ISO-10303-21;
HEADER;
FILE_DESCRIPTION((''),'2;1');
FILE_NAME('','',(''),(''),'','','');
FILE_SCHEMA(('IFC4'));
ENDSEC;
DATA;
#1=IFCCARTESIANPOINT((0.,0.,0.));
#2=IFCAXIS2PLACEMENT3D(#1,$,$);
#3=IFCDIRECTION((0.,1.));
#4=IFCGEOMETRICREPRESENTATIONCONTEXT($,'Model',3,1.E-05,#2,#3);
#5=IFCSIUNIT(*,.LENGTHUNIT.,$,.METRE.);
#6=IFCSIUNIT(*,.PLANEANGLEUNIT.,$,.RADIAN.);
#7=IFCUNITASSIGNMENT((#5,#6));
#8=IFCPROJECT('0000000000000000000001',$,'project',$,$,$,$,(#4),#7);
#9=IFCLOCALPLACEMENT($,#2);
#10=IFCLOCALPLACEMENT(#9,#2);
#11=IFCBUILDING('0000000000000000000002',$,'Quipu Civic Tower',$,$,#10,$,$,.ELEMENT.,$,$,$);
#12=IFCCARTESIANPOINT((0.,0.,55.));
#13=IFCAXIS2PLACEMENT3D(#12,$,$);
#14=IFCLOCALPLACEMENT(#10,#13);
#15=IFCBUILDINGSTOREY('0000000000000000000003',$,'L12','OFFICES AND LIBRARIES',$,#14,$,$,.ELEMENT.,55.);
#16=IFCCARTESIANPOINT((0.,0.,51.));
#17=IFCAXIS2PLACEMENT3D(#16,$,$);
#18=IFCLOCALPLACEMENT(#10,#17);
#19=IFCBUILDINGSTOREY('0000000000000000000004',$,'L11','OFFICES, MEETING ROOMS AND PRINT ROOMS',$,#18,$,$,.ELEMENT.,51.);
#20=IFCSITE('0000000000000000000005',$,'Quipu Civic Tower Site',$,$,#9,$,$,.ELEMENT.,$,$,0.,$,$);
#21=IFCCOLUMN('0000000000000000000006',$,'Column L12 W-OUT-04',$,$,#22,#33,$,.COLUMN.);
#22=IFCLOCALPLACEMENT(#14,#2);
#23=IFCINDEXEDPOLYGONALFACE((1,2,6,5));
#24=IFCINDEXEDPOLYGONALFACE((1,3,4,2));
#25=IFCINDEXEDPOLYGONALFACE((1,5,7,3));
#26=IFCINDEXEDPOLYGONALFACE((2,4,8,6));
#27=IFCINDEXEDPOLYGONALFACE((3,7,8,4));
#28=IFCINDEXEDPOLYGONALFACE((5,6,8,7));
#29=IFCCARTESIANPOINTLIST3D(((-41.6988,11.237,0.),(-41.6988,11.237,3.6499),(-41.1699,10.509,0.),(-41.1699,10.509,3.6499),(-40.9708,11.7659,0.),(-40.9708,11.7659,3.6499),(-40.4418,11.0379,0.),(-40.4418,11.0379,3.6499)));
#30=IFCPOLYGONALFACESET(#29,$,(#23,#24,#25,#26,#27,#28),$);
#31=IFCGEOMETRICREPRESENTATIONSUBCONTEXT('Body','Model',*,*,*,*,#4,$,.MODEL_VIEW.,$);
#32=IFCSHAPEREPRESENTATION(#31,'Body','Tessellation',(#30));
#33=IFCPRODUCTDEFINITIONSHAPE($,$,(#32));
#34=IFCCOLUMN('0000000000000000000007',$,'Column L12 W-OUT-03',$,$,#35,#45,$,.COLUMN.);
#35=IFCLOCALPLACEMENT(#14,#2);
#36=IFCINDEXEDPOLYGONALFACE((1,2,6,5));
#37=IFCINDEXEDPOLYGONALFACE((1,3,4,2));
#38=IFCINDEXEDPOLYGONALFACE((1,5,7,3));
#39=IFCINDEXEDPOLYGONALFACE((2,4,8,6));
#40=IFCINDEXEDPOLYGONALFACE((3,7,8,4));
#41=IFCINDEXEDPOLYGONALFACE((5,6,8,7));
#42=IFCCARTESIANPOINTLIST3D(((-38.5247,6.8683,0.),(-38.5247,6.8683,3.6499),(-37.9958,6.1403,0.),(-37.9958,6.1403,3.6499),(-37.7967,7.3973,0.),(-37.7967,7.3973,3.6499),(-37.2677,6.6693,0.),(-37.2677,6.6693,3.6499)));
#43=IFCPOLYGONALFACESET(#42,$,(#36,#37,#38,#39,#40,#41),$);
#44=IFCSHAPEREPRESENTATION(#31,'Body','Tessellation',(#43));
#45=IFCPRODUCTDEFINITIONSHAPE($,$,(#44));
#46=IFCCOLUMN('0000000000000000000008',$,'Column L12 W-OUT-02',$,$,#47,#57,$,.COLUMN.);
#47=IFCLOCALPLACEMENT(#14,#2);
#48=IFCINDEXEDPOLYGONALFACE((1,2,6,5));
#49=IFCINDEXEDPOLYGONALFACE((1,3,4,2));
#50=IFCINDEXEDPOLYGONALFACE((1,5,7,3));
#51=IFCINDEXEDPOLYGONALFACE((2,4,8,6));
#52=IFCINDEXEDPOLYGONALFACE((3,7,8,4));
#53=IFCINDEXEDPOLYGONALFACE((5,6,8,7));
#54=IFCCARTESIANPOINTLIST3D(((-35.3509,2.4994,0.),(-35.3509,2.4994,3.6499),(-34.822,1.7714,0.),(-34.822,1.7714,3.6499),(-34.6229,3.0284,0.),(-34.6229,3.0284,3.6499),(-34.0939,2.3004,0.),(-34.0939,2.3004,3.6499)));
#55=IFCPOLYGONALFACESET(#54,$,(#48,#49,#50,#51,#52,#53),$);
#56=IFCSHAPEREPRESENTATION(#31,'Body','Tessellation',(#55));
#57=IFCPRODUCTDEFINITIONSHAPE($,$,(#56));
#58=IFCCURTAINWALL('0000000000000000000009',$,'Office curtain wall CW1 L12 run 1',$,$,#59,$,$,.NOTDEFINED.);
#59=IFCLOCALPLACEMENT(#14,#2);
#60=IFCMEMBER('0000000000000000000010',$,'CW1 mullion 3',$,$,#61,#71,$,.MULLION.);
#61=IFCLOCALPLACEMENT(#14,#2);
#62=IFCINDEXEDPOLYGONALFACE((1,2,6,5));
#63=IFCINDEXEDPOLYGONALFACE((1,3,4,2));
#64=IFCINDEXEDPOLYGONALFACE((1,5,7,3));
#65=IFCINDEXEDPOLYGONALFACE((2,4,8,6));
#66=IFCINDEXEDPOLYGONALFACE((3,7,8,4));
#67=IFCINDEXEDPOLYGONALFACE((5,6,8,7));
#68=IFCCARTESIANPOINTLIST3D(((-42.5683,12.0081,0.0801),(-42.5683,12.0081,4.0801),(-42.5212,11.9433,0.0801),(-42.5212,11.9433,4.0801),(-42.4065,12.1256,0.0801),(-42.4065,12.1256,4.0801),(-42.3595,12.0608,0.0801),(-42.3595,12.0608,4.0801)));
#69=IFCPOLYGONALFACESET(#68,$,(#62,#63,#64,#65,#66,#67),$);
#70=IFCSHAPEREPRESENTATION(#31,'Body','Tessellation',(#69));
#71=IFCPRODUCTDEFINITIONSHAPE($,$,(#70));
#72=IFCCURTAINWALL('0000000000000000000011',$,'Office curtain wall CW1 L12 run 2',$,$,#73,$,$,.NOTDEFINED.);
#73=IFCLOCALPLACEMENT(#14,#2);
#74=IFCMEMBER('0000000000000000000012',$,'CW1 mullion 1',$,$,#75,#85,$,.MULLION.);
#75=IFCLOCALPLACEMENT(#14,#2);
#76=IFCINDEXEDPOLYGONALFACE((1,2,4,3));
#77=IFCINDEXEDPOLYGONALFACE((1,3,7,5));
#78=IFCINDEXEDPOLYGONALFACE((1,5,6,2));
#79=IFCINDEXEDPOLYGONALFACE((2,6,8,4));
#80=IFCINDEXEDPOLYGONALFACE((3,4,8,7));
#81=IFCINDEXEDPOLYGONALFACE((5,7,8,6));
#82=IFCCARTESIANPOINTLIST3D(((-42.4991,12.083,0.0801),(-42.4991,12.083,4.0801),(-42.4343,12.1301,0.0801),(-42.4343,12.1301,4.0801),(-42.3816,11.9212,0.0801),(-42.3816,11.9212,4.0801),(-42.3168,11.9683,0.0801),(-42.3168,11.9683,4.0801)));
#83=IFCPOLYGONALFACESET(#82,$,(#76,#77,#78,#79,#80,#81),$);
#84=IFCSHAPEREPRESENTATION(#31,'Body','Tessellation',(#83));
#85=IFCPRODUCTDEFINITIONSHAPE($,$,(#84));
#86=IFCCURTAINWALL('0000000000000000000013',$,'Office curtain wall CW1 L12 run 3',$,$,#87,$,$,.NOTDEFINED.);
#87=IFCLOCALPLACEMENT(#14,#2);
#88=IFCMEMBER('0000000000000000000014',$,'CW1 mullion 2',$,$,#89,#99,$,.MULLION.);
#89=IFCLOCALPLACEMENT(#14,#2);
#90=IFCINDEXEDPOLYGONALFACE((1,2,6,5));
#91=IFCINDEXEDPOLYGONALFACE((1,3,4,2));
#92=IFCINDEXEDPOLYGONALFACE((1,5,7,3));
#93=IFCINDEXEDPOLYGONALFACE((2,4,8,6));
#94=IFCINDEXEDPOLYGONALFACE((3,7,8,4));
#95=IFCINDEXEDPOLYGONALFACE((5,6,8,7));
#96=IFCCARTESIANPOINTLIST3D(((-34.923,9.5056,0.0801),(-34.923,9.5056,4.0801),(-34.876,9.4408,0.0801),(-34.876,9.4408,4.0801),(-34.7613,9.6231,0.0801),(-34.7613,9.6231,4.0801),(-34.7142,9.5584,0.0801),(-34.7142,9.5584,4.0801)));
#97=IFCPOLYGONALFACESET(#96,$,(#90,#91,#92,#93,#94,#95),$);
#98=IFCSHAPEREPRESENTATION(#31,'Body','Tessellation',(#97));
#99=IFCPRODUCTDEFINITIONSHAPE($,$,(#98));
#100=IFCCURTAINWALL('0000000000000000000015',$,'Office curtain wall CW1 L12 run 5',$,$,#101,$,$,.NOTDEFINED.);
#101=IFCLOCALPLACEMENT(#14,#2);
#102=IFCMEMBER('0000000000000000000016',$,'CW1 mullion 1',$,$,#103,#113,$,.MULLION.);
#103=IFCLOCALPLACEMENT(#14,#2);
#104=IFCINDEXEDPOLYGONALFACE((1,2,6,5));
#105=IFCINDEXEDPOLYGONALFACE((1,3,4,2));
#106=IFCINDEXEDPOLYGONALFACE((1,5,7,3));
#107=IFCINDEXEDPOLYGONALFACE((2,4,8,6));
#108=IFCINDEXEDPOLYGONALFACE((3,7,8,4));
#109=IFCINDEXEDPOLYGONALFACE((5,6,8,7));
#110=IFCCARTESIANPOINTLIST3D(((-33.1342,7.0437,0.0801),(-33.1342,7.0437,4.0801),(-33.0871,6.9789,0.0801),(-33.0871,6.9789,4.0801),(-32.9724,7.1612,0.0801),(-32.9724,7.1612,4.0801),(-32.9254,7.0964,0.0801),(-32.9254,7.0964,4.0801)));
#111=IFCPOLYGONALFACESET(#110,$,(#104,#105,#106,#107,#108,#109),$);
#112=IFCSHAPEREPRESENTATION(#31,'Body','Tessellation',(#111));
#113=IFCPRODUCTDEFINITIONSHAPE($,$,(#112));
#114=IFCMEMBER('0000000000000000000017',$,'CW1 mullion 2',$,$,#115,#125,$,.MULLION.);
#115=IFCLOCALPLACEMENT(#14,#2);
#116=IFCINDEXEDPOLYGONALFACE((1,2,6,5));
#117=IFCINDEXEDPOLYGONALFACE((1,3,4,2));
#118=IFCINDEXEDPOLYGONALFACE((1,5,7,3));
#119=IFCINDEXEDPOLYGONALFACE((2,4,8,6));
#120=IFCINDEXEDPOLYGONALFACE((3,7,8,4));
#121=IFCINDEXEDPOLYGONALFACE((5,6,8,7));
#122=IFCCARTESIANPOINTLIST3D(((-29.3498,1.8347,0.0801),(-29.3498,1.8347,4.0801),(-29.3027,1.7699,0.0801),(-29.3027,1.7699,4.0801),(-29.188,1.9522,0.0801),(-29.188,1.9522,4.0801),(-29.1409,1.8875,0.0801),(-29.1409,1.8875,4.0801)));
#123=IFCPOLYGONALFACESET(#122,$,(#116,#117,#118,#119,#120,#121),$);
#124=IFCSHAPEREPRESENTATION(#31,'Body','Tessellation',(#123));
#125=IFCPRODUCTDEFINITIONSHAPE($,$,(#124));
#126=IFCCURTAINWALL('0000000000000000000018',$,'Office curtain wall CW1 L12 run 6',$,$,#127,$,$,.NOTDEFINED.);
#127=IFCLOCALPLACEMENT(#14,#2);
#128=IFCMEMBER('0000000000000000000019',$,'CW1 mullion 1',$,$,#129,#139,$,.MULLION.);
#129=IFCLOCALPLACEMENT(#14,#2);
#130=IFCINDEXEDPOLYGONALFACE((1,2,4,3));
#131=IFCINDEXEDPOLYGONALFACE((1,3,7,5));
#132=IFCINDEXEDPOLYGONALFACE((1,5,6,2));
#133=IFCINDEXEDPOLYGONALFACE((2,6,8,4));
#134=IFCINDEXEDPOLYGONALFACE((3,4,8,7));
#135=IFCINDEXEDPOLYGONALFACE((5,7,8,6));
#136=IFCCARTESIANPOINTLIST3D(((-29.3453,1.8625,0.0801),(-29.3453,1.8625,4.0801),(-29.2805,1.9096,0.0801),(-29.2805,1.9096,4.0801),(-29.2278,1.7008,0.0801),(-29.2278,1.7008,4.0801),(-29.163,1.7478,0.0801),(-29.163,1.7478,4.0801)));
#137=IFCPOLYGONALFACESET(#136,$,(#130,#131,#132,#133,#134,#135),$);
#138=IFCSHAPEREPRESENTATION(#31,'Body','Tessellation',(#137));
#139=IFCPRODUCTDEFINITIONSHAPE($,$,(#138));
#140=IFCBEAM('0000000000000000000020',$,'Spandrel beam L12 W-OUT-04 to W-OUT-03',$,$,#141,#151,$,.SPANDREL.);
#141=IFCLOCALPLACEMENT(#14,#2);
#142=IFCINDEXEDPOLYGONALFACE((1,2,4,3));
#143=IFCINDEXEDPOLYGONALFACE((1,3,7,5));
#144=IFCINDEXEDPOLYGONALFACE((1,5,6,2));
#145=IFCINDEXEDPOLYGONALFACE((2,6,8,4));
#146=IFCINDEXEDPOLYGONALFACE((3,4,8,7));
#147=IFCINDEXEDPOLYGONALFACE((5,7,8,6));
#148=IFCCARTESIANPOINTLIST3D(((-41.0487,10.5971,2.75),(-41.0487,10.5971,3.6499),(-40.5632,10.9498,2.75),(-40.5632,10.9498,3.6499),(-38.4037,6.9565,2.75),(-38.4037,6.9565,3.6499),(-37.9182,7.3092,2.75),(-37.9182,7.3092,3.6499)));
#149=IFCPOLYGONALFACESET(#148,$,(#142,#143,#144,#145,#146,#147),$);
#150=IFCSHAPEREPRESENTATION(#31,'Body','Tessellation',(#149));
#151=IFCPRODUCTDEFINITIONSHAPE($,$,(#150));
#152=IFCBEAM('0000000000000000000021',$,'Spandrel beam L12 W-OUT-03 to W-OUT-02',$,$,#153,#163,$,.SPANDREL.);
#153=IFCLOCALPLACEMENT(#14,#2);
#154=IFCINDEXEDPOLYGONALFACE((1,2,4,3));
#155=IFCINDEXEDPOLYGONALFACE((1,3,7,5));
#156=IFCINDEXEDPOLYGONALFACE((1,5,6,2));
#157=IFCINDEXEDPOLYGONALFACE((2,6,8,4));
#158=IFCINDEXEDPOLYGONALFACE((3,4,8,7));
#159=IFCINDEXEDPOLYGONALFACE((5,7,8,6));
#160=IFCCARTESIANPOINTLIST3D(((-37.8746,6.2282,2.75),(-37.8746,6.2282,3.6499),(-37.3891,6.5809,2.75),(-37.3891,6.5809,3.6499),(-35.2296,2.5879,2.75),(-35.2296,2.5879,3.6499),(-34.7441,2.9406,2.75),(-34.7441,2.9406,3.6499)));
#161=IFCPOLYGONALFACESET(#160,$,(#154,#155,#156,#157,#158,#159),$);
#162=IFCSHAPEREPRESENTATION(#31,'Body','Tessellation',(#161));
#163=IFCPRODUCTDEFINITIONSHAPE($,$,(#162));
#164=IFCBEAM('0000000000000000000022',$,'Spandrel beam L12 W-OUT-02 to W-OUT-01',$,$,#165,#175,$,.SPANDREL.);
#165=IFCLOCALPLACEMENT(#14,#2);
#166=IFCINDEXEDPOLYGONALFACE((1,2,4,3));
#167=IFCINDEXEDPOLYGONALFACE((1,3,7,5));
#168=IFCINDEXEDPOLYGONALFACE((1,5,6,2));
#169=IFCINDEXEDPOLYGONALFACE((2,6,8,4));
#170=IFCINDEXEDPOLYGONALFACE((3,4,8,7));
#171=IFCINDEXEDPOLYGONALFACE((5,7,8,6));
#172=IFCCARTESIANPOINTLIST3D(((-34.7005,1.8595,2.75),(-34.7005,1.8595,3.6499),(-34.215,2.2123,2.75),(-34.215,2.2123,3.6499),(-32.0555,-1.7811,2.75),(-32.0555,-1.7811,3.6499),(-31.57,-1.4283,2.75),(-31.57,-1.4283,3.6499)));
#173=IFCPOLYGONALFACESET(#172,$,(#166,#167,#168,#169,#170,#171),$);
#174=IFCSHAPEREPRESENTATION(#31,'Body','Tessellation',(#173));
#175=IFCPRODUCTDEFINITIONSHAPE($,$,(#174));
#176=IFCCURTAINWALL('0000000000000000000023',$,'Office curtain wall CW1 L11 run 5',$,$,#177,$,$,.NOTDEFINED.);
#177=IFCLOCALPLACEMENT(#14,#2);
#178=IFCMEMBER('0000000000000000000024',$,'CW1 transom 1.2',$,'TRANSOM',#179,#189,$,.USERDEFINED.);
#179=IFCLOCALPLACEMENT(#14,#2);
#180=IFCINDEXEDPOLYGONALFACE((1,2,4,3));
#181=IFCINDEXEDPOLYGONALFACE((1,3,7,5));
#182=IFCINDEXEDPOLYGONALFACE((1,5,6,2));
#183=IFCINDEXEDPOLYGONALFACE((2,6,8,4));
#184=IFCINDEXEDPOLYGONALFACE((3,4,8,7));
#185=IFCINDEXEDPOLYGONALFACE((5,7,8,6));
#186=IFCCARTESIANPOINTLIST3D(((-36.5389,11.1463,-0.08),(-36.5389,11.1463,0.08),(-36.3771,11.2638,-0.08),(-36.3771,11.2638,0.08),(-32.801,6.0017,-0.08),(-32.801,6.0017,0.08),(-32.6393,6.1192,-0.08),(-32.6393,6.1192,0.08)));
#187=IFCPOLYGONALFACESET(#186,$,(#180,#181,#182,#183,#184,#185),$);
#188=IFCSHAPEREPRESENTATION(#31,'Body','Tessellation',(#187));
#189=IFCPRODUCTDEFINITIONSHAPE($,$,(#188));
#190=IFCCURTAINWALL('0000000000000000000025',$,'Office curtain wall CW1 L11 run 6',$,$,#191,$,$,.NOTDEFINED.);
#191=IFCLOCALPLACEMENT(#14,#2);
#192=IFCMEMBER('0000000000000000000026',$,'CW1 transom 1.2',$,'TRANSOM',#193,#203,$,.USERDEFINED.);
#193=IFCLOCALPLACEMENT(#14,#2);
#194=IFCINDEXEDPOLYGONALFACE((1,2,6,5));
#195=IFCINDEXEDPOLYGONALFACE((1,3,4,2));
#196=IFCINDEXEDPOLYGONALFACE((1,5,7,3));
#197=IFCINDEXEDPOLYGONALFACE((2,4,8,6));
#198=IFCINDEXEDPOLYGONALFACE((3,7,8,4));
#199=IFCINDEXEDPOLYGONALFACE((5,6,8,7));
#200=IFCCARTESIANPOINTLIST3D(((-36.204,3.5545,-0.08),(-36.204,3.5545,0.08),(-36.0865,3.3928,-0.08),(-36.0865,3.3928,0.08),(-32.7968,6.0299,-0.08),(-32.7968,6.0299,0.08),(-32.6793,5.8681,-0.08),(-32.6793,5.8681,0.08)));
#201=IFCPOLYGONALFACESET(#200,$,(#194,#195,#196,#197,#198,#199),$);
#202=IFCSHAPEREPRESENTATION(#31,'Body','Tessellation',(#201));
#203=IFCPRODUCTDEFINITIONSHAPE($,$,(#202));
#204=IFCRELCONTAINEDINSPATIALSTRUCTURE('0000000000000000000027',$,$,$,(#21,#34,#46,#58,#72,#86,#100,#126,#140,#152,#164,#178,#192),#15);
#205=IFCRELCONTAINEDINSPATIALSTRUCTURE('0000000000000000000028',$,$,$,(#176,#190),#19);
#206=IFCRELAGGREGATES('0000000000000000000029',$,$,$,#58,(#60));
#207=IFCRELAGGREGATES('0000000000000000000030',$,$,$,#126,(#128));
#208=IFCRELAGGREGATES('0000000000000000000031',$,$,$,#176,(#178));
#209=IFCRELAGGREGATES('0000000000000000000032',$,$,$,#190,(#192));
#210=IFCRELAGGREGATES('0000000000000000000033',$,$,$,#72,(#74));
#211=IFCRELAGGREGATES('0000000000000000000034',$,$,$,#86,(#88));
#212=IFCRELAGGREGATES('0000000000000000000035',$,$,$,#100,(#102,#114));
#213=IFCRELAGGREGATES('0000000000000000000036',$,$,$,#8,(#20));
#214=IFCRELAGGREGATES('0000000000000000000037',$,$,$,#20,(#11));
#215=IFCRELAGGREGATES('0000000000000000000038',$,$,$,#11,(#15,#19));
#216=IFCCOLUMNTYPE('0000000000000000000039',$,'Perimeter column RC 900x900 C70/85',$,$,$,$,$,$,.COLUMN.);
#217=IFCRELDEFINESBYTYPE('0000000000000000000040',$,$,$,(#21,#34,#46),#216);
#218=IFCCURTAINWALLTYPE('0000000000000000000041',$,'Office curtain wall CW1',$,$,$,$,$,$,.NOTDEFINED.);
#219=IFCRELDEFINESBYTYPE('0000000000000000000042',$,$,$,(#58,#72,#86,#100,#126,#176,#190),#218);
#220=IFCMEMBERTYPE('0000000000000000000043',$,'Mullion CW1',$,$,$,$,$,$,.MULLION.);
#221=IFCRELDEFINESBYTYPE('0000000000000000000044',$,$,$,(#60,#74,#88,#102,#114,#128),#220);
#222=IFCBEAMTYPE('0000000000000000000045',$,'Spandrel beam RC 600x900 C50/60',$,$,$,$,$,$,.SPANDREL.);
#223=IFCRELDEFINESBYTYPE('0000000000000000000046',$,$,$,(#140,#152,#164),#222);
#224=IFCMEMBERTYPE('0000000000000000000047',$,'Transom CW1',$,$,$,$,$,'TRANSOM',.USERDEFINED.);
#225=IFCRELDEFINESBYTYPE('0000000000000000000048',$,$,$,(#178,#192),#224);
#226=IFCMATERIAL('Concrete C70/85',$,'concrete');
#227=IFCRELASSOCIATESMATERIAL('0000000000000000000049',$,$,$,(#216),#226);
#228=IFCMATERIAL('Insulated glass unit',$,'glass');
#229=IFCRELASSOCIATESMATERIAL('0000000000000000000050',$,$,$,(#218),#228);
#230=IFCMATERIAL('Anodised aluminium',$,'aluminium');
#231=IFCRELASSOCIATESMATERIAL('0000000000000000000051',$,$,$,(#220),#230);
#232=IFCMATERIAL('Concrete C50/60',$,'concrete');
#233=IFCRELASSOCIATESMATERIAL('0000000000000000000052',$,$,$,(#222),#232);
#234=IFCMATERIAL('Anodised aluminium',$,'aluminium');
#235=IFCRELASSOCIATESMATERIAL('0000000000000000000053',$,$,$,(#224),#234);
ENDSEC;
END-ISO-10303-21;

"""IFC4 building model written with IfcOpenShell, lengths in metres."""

from ifc_helpers import new_model, si_unit, direction, frame, origin, origin_2d, place, context, subcontext, project, spatial, rectangle, extrude, material, material_profile, profile_set, type_object, element, aggregate, save


model = new_model("IFC4")

# Units and contexts
model_context = context("Model", 3, precision=1e-05, world=origin(), true_north=direction((0.0, 1.0)))
body_context = subcontext(model_context, "Body", "Model", "MODEL_VIEW")
ifc_project = project(units=[si_unit("LENGTHUNIT", "METRE"), si_unit("PLANEANGLEUNIT", "RADIAN")], contexts=[model_context])

# Site, building, storey
site_placement = place(None, origin())
site = spatial("IfcSite", under=ifc_project, at=site_placement, Name="Quipu Civic Tower Site", CompositionType="ELEMENT", RefElevation=0.0)
building_placement = place(site_placement, origin())
building = spatial("IfcBuilding", under=site, at=building_placement, Name="Quipu Civic Tower", CompositionType="ELEMENT")
storey_1_placement = place(building_placement, frame((0.0, 0.0, 55.0)))
storey_1 = spatial("IfcBuildingStorey", under=building, at=storey_1_placement, Name="L12", Description="OFFICES AND LIBRARIES", CompositionType="ELEMENT", Elevation=55.0)

# Columns
ifc_material_1 = material(Name="Concrete C70/85", Category="concrete")
ifc_material_profile_1 = material_profile(ifc_material_1, rectangle(XDim=0.8999, YDim=0.8999, at=origin_2d()), Name="RC900x900")
ifc_profile_set_1 = profile_set([ifc_material_profile_1], Name="Concrete C70/85")
column_type = type_object("IfcColumnType", Name="Perimeter column RC 900x900 C70/85", PredefinedType="COLUMN", material=ifc_profile_set_1)
for number, where, z_axis, x_axis, name in (
    (1, (-41.0703, 11.1375, 0.0), (0.0, 0.0, 1.0), (0.587785, -0.809017, 0.0), "Column L12 W-OUT-04"),
    (2, (-37.8962, 6.7688, 0.0), (0.0, 0.0, 1.0), (0.587785, -0.809017, 0.0), "Column L12 W-OUT-03"),
    (3, (-34.7224, 2.3999, 0.0), (0.0, 0.0, 1.0), (0.587785, -0.809017, 0.0), "Column L12 W-OUT-02"),
):
    element("IfcColumn", number, at=place(storey_1_placement, frame(where, z_axis=z_axis, x_axis=x_axis)), inside=storey_1, type_object=column_type, Name=name, PredefinedType="COLUMN", context=body_context, shape_type="SweptSolid", body=[
        extrude(rectangle(XDim=0.8999, YDim=0.8999, at=origin_2d()), origin(), (0.0, 0.0, 1.0), 3.6499),
    ])

# Curtain walls, members
ifc_material_2 = material(Name="Insulated glass unit", Category="glass")
curtain_wall_type = type_object("IfcCurtainWallType", Name="Office curtain wall CW1", PredefinedType="NOTDEFINED", material=ifc_material_2)
curtain_wall_1_placement = place(storey_1_placement, origin())
curtain_wall_1 = element("IfcCurtainWall", 4, at=curtain_wall_1_placement, inside=storey_1, type_object=curtain_wall_type, Name="Office curtain wall CW1 L12 run 1", PredefinedType="NOTDEFINED")
ifc_material_3 = material(Name="Anodised aluminium", Category="aluminium")
ifc_material_profile_2 = material_profile(ifc_material_3, rectangle(XDim=0.2, YDim=0.0801, at=origin_2d()), Name="RECT 200x80")
ifc_profile_set_2 = profile_set([ifc_material_profile_2], Name="Anodised aluminium")
member_type_1 = type_object("IfcMemberType", Name="Mullion CW1", PredefinedType="MULLION", material=ifc_profile_set_2)
member_1_placement = place(storey_1_placement, frame((-42.4639, 12.0344, 0.0801), z_axis=(0.0, 0.0, 1.0), x_axis=(0.809014, 0.587789, 0.0)))
member_1 = element("IfcMember", 5, at=member_1_placement, type_object=member_type_1, Name="CW1 mullion 3", PredefinedType="MULLION", context=body_context, shape_type="SweptSolid", body=[
    extrude(rectangle(XDim=0.2, YDim=0.0801, at=origin_2d()), origin(), (0.0, 0.0, 1.0), 4.0),
])
aggregate(curtain_wall_1, [member_1])
curtain_wall_2_placement = place(storey_1_placement, origin())
curtain_wall_2 = element("IfcCurtainWall", 6, at=curtain_wall_2_placement, inside=storey_1, type_object=curtain_wall_type, Name="Office curtain wall CW1 L12 run 2", PredefinedType="NOTDEFINED")
member_2_placement = place(storey_1_placement, frame((-42.408, 12.0256, 0.0801), z_axis=(0.0, 0.0, 1.0), x_axis=(-0.587777, 0.809023, 0.0)))
member_2 = element("IfcMember", 7, at=member_2_placement, type_object=member_type_1, Name="CW1 mullion 1", PredefinedType="MULLION", context=body_context, shape_type="SweptSolid", body=[
    extrude(rectangle(XDim=0.2, YDim=0.0801, at=origin_2d()), origin(), (0.0, 0.0, 1.0), 4.0),
])
curtain_wall_3_placement = place(storey_1_placement, origin())
curtain_wall_3 = element("IfcCurtainWall", 8, at=curtain_wall_3_placement, inside=storey_1, type_object=curtain_wall_type, Name="Office curtain wall CW1 L12 run 3", PredefinedType="NOTDEFINED")
member_3_placement = place(storey_1_placement, frame((-34.8186, 9.532, 0.0801), z_axis=(0.0, 0.0, 1.0), x_axis=(0.809019, 0.587783, 0.0)))
member_3 = element("IfcMember", 9, at=member_3_placement, type_object=member_type_1, Name="CW1 mullion 2", PredefinedType="MULLION", context=body_context, shape_type="SweptSolid", body=[
    extrude(rectangle(XDim=0.2, YDim=0.0801, at=origin_2d()), origin(), (0.0, 0.0, 1.0), 4.0),
])

# Curtain wall, members
curtain_wall_4_placement = place(storey_1_placement, origin())
curtain_wall_4 = element("IfcCurtainWall", 10, at=curtain_wall_4_placement, inside=storey_1, type_object=curtain_wall_type, Name="Office curtain wall CW1 L12 run 5", PredefinedType="NOTDEFINED")
member_4_placement = place(storey_1_placement, frame((-33.0298, 7.0701, 0.0801), z_axis=(0.0, 0.0, 1.0), x_axis=(0.809017, 0.587786, 0.0)))
member_4 = element("IfcMember", 11, at=member_4_placement, type_object=member_type_1, Name="CW1 mullion 1", PredefinedType="MULLION", context=body_context, shape_type="SweptSolid", body=[
    extrude(rectangle(XDim=0.2, YDim=0.0801, at=origin_2d()), origin(), (0.0, 0.0, 1.0), 4.0),
])
member_5_placement = place(storey_1_placement, frame((-29.2454, 1.8611, 0.0801), z_axis=(0.0, 0.0, 1.0), x_axis=(0.809017, 0.587786, 0.0)))
member_5 = element("IfcMember", 12, at=member_5_placement, type_object=member_type_1, Name="CW1 mullion 2", PredefinedType="MULLION", context=body_context, shape_type="SweptSolid", body=[
    extrude(rectangle(XDim=0.2, YDim=0.0801, at=origin_2d()), origin(), (0.0, 0.0, 1.0), 4.0),
])

# Curtain wall, member
curtain_wall_5_placement = place(storey_1_placement, origin())
curtain_wall_5 = element("IfcCurtainWall", 13, at=curtain_wall_5_placement, inside=storey_1, type_object=curtain_wall_type, Name="Office curtain wall CW1 L12 run 6", PredefinedType="NOTDEFINED")
member_6_placement = place(storey_1_placement, frame((-29.2542, 1.8052, 0.0801), z_axis=(0.0, 0.0, 1.0), x_axis=(0.587791, -0.809013, 0.0)))
member_6 = element("IfcMember", 14, at=member_6_placement, type_object=member_type_1, Name="CW1 mullion 1", PredefinedType="MULLION", context=body_context, shape_type="SweptSolid", body=[
    extrude(rectangle(XDim=0.2, YDim=0.0801, at=origin_2d()), origin(), (0.0, 0.0, 1.0), 4.0),
])
aggregate(curtain_wall_5, [member_6])

# Beams
ifc_material_4 = material(Name="Concrete C50/60", Category="concrete")
ifc_material_profile_3 = material_profile(ifc_material_4, rectangle(XDim=0.6001, YDim=0.8999, at=origin_2d()), Name="RC600x900")
ifc_profile_set_3 = profile_set([ifc_material_profile_3], Name="Concrete C50/60")
beam_type = type_object("IfcBeamType", Name="Spandrel beam RC 600x900 C50/60", PredefinedType="SPANDREL", material=ifc_profile_set_3)
beam_1_placement = place(storey_1_placement, frame((-40.8059, 10.7734, 3.2), z_axis=(0.587778, -0.809022, 0.0), x_axis=(0.809022, 0.587778, 0.0)))
element("IfcBeam", 15, at=beam_1_placement, inside=storey_1, type_object=beam_type, Name="Spandrel beam L12 W-OUT-04 to W-OUT-03", PredefinedType="SPANDREL", context=body_context, shape_type="SweptSolid", body=[
    extrude(rectangle(XDim=0.6001, YDim=0.8999, at=origin_2d()), origin(), (0.0, 0.0, 1.0), 4.5),
])
beam_2_placement = place(storey_1_placement, frame((-37.6318, 6.4045, 3.2), z_axis=(0.587804, -0.809003, 0.0), x_axis=(0.809003, 0.587804, 0.0)))
element("IfcBeam", 16, at=beam_2_placement, inside=storey_1, type_object=beam_type, Name="Spandrel beam L12 W-OUT-03 to W-OUT-02", PredefinedType="SPANDREL", context=body_context, shape_type="SweptSolid", body=[
    extrude(rectangle(XDim=0.6001, YDim=0.8999, at=origin_2d()), origin(), (0.0, 0.0, 1.0), 4.4998),
])
beam_3_placement = place(storey_1_placement, frame((-34.4578, 2.0359, 3.2), z_axis=(0.587778, -0.809022, 0.0), x_axis=(0.809022, 0.587778, 0.0)))
element("IfcBeam", 17, at=beam_3_placement, inside=storey_1, type_object=beam_type, Name="Spandrel beam L12 W-OUT-02 to W-OUT-01", PredefinedType="SPANDREL", context=body_context, shape_type="SweptSolid", body=[
    extrude(rectangle(XDim=0.6001, YDim=0.8999, at=origin_2d()), origin(), (0.0, 0.0, 1.0), 4.5),
])

# Shared definitions
storey_2_placement = place(building_placement, frame((0.0, 0.0, 51.0)))
storey_2 = spatial("IfcBuildingStorey", under=building, at=storey_2_placement, Name="L11", Description="OFFICES, MEETING ROOMS AND PRINT ROOMS", CompositionType="ELEMENT", Elevation=51.0)

# Curtain walls, members
curtain_wall_6_placement = place(storey_2_placement, origin())
curtain_wall_6 = element("IfcCurtainWall", 18, at=curtain_wall_6_placement, inside=storey_2, type_object=curtain_wall_type, Name="Office curtain wall CW1 L11 run 5", PredefinedType="NOTDEFINED")
ifc_material_5 = material(Name="Anodised aluminium", Category="aluminium")
ifc_material_profile_4 = material_profile(ifc_material_5, rectangle(XDim=0.2, YDim=0.1599, at=origin_2d()), Name="RECT 200x160")
ifc_profile_set_4 = profile_set([ifc_material_profile_4], Name="Anodised aluminium")
member_type_2 = type_object("IfcMemberType", Name="Transom CW1", ElementType="TRANSOM", PredefinedType="USERDEFINED", material=ifc_profile_set_4)
member_7_placement = place(storey_1_placement, frame((-36.458, 11.2051, 0.0), z_axis=(0.587793, -0.809012, 0.0), x_axis=(0.809012, 0.587793, 0.0)))
member_7 = element("IfcMember", 19, at=member_7_placement, inside=storey_1, type_object=member_type_2, Name="CW1 transom 1.2", ObjectType="TRANSOM", PredefinedType="USERDEFINED", context=body_context, shape_type="SweptSolid", body=[
    extrude(rectangle(XDim=0.2, YDim=0.1599, at=origin_2d()), origin(), (0.0, 0.0, 1.0), 6.3591),
])
aggregate(curtain_wall_6, [member_7])
curtain_wall_7_placement = place(storey_2_placement, origin())
curtain_wall_7 = element("IfcCurtainWall", 20, at=curtain_wall_7_placement, inside=storey_2, type_object=curtain_wall_type, Name="Office curtain wall CW1 L11 run 6", PredefinedType="NOTDEFINED")
member_8_placement = place(storey_1_placement, frame((-32.738, 5.949, 0.0), z_axis=(-0.809034, -0.587761, 0.0), x_axis=(0.587761, -0.809034, 0.0)))
member_8 = element("IfcMember", 21, at=member_8_placement, inside=storey_1, type_object=member_type_2, Name="CW1 transom 1.2", ObjectType="TRANSOM", PredefinedType="USERDEFINED", context=body_context, shape_type="SweptSolid", body=[
    extrude(rectangle(XDim=0.2, YDim=0.1599, at=origin_2d()), origin(), (0.0, 0.0, 1.0), 4.2114),
])
aggregate(curtain_wall_7, [member_8])

aggregate(curtain_wall_2, [member_2])

aggregate(curtain_wall_3, [member_3])
aggregate(curtain_wall_4, [member_4, member_5])

save(model, "model.ifc")
